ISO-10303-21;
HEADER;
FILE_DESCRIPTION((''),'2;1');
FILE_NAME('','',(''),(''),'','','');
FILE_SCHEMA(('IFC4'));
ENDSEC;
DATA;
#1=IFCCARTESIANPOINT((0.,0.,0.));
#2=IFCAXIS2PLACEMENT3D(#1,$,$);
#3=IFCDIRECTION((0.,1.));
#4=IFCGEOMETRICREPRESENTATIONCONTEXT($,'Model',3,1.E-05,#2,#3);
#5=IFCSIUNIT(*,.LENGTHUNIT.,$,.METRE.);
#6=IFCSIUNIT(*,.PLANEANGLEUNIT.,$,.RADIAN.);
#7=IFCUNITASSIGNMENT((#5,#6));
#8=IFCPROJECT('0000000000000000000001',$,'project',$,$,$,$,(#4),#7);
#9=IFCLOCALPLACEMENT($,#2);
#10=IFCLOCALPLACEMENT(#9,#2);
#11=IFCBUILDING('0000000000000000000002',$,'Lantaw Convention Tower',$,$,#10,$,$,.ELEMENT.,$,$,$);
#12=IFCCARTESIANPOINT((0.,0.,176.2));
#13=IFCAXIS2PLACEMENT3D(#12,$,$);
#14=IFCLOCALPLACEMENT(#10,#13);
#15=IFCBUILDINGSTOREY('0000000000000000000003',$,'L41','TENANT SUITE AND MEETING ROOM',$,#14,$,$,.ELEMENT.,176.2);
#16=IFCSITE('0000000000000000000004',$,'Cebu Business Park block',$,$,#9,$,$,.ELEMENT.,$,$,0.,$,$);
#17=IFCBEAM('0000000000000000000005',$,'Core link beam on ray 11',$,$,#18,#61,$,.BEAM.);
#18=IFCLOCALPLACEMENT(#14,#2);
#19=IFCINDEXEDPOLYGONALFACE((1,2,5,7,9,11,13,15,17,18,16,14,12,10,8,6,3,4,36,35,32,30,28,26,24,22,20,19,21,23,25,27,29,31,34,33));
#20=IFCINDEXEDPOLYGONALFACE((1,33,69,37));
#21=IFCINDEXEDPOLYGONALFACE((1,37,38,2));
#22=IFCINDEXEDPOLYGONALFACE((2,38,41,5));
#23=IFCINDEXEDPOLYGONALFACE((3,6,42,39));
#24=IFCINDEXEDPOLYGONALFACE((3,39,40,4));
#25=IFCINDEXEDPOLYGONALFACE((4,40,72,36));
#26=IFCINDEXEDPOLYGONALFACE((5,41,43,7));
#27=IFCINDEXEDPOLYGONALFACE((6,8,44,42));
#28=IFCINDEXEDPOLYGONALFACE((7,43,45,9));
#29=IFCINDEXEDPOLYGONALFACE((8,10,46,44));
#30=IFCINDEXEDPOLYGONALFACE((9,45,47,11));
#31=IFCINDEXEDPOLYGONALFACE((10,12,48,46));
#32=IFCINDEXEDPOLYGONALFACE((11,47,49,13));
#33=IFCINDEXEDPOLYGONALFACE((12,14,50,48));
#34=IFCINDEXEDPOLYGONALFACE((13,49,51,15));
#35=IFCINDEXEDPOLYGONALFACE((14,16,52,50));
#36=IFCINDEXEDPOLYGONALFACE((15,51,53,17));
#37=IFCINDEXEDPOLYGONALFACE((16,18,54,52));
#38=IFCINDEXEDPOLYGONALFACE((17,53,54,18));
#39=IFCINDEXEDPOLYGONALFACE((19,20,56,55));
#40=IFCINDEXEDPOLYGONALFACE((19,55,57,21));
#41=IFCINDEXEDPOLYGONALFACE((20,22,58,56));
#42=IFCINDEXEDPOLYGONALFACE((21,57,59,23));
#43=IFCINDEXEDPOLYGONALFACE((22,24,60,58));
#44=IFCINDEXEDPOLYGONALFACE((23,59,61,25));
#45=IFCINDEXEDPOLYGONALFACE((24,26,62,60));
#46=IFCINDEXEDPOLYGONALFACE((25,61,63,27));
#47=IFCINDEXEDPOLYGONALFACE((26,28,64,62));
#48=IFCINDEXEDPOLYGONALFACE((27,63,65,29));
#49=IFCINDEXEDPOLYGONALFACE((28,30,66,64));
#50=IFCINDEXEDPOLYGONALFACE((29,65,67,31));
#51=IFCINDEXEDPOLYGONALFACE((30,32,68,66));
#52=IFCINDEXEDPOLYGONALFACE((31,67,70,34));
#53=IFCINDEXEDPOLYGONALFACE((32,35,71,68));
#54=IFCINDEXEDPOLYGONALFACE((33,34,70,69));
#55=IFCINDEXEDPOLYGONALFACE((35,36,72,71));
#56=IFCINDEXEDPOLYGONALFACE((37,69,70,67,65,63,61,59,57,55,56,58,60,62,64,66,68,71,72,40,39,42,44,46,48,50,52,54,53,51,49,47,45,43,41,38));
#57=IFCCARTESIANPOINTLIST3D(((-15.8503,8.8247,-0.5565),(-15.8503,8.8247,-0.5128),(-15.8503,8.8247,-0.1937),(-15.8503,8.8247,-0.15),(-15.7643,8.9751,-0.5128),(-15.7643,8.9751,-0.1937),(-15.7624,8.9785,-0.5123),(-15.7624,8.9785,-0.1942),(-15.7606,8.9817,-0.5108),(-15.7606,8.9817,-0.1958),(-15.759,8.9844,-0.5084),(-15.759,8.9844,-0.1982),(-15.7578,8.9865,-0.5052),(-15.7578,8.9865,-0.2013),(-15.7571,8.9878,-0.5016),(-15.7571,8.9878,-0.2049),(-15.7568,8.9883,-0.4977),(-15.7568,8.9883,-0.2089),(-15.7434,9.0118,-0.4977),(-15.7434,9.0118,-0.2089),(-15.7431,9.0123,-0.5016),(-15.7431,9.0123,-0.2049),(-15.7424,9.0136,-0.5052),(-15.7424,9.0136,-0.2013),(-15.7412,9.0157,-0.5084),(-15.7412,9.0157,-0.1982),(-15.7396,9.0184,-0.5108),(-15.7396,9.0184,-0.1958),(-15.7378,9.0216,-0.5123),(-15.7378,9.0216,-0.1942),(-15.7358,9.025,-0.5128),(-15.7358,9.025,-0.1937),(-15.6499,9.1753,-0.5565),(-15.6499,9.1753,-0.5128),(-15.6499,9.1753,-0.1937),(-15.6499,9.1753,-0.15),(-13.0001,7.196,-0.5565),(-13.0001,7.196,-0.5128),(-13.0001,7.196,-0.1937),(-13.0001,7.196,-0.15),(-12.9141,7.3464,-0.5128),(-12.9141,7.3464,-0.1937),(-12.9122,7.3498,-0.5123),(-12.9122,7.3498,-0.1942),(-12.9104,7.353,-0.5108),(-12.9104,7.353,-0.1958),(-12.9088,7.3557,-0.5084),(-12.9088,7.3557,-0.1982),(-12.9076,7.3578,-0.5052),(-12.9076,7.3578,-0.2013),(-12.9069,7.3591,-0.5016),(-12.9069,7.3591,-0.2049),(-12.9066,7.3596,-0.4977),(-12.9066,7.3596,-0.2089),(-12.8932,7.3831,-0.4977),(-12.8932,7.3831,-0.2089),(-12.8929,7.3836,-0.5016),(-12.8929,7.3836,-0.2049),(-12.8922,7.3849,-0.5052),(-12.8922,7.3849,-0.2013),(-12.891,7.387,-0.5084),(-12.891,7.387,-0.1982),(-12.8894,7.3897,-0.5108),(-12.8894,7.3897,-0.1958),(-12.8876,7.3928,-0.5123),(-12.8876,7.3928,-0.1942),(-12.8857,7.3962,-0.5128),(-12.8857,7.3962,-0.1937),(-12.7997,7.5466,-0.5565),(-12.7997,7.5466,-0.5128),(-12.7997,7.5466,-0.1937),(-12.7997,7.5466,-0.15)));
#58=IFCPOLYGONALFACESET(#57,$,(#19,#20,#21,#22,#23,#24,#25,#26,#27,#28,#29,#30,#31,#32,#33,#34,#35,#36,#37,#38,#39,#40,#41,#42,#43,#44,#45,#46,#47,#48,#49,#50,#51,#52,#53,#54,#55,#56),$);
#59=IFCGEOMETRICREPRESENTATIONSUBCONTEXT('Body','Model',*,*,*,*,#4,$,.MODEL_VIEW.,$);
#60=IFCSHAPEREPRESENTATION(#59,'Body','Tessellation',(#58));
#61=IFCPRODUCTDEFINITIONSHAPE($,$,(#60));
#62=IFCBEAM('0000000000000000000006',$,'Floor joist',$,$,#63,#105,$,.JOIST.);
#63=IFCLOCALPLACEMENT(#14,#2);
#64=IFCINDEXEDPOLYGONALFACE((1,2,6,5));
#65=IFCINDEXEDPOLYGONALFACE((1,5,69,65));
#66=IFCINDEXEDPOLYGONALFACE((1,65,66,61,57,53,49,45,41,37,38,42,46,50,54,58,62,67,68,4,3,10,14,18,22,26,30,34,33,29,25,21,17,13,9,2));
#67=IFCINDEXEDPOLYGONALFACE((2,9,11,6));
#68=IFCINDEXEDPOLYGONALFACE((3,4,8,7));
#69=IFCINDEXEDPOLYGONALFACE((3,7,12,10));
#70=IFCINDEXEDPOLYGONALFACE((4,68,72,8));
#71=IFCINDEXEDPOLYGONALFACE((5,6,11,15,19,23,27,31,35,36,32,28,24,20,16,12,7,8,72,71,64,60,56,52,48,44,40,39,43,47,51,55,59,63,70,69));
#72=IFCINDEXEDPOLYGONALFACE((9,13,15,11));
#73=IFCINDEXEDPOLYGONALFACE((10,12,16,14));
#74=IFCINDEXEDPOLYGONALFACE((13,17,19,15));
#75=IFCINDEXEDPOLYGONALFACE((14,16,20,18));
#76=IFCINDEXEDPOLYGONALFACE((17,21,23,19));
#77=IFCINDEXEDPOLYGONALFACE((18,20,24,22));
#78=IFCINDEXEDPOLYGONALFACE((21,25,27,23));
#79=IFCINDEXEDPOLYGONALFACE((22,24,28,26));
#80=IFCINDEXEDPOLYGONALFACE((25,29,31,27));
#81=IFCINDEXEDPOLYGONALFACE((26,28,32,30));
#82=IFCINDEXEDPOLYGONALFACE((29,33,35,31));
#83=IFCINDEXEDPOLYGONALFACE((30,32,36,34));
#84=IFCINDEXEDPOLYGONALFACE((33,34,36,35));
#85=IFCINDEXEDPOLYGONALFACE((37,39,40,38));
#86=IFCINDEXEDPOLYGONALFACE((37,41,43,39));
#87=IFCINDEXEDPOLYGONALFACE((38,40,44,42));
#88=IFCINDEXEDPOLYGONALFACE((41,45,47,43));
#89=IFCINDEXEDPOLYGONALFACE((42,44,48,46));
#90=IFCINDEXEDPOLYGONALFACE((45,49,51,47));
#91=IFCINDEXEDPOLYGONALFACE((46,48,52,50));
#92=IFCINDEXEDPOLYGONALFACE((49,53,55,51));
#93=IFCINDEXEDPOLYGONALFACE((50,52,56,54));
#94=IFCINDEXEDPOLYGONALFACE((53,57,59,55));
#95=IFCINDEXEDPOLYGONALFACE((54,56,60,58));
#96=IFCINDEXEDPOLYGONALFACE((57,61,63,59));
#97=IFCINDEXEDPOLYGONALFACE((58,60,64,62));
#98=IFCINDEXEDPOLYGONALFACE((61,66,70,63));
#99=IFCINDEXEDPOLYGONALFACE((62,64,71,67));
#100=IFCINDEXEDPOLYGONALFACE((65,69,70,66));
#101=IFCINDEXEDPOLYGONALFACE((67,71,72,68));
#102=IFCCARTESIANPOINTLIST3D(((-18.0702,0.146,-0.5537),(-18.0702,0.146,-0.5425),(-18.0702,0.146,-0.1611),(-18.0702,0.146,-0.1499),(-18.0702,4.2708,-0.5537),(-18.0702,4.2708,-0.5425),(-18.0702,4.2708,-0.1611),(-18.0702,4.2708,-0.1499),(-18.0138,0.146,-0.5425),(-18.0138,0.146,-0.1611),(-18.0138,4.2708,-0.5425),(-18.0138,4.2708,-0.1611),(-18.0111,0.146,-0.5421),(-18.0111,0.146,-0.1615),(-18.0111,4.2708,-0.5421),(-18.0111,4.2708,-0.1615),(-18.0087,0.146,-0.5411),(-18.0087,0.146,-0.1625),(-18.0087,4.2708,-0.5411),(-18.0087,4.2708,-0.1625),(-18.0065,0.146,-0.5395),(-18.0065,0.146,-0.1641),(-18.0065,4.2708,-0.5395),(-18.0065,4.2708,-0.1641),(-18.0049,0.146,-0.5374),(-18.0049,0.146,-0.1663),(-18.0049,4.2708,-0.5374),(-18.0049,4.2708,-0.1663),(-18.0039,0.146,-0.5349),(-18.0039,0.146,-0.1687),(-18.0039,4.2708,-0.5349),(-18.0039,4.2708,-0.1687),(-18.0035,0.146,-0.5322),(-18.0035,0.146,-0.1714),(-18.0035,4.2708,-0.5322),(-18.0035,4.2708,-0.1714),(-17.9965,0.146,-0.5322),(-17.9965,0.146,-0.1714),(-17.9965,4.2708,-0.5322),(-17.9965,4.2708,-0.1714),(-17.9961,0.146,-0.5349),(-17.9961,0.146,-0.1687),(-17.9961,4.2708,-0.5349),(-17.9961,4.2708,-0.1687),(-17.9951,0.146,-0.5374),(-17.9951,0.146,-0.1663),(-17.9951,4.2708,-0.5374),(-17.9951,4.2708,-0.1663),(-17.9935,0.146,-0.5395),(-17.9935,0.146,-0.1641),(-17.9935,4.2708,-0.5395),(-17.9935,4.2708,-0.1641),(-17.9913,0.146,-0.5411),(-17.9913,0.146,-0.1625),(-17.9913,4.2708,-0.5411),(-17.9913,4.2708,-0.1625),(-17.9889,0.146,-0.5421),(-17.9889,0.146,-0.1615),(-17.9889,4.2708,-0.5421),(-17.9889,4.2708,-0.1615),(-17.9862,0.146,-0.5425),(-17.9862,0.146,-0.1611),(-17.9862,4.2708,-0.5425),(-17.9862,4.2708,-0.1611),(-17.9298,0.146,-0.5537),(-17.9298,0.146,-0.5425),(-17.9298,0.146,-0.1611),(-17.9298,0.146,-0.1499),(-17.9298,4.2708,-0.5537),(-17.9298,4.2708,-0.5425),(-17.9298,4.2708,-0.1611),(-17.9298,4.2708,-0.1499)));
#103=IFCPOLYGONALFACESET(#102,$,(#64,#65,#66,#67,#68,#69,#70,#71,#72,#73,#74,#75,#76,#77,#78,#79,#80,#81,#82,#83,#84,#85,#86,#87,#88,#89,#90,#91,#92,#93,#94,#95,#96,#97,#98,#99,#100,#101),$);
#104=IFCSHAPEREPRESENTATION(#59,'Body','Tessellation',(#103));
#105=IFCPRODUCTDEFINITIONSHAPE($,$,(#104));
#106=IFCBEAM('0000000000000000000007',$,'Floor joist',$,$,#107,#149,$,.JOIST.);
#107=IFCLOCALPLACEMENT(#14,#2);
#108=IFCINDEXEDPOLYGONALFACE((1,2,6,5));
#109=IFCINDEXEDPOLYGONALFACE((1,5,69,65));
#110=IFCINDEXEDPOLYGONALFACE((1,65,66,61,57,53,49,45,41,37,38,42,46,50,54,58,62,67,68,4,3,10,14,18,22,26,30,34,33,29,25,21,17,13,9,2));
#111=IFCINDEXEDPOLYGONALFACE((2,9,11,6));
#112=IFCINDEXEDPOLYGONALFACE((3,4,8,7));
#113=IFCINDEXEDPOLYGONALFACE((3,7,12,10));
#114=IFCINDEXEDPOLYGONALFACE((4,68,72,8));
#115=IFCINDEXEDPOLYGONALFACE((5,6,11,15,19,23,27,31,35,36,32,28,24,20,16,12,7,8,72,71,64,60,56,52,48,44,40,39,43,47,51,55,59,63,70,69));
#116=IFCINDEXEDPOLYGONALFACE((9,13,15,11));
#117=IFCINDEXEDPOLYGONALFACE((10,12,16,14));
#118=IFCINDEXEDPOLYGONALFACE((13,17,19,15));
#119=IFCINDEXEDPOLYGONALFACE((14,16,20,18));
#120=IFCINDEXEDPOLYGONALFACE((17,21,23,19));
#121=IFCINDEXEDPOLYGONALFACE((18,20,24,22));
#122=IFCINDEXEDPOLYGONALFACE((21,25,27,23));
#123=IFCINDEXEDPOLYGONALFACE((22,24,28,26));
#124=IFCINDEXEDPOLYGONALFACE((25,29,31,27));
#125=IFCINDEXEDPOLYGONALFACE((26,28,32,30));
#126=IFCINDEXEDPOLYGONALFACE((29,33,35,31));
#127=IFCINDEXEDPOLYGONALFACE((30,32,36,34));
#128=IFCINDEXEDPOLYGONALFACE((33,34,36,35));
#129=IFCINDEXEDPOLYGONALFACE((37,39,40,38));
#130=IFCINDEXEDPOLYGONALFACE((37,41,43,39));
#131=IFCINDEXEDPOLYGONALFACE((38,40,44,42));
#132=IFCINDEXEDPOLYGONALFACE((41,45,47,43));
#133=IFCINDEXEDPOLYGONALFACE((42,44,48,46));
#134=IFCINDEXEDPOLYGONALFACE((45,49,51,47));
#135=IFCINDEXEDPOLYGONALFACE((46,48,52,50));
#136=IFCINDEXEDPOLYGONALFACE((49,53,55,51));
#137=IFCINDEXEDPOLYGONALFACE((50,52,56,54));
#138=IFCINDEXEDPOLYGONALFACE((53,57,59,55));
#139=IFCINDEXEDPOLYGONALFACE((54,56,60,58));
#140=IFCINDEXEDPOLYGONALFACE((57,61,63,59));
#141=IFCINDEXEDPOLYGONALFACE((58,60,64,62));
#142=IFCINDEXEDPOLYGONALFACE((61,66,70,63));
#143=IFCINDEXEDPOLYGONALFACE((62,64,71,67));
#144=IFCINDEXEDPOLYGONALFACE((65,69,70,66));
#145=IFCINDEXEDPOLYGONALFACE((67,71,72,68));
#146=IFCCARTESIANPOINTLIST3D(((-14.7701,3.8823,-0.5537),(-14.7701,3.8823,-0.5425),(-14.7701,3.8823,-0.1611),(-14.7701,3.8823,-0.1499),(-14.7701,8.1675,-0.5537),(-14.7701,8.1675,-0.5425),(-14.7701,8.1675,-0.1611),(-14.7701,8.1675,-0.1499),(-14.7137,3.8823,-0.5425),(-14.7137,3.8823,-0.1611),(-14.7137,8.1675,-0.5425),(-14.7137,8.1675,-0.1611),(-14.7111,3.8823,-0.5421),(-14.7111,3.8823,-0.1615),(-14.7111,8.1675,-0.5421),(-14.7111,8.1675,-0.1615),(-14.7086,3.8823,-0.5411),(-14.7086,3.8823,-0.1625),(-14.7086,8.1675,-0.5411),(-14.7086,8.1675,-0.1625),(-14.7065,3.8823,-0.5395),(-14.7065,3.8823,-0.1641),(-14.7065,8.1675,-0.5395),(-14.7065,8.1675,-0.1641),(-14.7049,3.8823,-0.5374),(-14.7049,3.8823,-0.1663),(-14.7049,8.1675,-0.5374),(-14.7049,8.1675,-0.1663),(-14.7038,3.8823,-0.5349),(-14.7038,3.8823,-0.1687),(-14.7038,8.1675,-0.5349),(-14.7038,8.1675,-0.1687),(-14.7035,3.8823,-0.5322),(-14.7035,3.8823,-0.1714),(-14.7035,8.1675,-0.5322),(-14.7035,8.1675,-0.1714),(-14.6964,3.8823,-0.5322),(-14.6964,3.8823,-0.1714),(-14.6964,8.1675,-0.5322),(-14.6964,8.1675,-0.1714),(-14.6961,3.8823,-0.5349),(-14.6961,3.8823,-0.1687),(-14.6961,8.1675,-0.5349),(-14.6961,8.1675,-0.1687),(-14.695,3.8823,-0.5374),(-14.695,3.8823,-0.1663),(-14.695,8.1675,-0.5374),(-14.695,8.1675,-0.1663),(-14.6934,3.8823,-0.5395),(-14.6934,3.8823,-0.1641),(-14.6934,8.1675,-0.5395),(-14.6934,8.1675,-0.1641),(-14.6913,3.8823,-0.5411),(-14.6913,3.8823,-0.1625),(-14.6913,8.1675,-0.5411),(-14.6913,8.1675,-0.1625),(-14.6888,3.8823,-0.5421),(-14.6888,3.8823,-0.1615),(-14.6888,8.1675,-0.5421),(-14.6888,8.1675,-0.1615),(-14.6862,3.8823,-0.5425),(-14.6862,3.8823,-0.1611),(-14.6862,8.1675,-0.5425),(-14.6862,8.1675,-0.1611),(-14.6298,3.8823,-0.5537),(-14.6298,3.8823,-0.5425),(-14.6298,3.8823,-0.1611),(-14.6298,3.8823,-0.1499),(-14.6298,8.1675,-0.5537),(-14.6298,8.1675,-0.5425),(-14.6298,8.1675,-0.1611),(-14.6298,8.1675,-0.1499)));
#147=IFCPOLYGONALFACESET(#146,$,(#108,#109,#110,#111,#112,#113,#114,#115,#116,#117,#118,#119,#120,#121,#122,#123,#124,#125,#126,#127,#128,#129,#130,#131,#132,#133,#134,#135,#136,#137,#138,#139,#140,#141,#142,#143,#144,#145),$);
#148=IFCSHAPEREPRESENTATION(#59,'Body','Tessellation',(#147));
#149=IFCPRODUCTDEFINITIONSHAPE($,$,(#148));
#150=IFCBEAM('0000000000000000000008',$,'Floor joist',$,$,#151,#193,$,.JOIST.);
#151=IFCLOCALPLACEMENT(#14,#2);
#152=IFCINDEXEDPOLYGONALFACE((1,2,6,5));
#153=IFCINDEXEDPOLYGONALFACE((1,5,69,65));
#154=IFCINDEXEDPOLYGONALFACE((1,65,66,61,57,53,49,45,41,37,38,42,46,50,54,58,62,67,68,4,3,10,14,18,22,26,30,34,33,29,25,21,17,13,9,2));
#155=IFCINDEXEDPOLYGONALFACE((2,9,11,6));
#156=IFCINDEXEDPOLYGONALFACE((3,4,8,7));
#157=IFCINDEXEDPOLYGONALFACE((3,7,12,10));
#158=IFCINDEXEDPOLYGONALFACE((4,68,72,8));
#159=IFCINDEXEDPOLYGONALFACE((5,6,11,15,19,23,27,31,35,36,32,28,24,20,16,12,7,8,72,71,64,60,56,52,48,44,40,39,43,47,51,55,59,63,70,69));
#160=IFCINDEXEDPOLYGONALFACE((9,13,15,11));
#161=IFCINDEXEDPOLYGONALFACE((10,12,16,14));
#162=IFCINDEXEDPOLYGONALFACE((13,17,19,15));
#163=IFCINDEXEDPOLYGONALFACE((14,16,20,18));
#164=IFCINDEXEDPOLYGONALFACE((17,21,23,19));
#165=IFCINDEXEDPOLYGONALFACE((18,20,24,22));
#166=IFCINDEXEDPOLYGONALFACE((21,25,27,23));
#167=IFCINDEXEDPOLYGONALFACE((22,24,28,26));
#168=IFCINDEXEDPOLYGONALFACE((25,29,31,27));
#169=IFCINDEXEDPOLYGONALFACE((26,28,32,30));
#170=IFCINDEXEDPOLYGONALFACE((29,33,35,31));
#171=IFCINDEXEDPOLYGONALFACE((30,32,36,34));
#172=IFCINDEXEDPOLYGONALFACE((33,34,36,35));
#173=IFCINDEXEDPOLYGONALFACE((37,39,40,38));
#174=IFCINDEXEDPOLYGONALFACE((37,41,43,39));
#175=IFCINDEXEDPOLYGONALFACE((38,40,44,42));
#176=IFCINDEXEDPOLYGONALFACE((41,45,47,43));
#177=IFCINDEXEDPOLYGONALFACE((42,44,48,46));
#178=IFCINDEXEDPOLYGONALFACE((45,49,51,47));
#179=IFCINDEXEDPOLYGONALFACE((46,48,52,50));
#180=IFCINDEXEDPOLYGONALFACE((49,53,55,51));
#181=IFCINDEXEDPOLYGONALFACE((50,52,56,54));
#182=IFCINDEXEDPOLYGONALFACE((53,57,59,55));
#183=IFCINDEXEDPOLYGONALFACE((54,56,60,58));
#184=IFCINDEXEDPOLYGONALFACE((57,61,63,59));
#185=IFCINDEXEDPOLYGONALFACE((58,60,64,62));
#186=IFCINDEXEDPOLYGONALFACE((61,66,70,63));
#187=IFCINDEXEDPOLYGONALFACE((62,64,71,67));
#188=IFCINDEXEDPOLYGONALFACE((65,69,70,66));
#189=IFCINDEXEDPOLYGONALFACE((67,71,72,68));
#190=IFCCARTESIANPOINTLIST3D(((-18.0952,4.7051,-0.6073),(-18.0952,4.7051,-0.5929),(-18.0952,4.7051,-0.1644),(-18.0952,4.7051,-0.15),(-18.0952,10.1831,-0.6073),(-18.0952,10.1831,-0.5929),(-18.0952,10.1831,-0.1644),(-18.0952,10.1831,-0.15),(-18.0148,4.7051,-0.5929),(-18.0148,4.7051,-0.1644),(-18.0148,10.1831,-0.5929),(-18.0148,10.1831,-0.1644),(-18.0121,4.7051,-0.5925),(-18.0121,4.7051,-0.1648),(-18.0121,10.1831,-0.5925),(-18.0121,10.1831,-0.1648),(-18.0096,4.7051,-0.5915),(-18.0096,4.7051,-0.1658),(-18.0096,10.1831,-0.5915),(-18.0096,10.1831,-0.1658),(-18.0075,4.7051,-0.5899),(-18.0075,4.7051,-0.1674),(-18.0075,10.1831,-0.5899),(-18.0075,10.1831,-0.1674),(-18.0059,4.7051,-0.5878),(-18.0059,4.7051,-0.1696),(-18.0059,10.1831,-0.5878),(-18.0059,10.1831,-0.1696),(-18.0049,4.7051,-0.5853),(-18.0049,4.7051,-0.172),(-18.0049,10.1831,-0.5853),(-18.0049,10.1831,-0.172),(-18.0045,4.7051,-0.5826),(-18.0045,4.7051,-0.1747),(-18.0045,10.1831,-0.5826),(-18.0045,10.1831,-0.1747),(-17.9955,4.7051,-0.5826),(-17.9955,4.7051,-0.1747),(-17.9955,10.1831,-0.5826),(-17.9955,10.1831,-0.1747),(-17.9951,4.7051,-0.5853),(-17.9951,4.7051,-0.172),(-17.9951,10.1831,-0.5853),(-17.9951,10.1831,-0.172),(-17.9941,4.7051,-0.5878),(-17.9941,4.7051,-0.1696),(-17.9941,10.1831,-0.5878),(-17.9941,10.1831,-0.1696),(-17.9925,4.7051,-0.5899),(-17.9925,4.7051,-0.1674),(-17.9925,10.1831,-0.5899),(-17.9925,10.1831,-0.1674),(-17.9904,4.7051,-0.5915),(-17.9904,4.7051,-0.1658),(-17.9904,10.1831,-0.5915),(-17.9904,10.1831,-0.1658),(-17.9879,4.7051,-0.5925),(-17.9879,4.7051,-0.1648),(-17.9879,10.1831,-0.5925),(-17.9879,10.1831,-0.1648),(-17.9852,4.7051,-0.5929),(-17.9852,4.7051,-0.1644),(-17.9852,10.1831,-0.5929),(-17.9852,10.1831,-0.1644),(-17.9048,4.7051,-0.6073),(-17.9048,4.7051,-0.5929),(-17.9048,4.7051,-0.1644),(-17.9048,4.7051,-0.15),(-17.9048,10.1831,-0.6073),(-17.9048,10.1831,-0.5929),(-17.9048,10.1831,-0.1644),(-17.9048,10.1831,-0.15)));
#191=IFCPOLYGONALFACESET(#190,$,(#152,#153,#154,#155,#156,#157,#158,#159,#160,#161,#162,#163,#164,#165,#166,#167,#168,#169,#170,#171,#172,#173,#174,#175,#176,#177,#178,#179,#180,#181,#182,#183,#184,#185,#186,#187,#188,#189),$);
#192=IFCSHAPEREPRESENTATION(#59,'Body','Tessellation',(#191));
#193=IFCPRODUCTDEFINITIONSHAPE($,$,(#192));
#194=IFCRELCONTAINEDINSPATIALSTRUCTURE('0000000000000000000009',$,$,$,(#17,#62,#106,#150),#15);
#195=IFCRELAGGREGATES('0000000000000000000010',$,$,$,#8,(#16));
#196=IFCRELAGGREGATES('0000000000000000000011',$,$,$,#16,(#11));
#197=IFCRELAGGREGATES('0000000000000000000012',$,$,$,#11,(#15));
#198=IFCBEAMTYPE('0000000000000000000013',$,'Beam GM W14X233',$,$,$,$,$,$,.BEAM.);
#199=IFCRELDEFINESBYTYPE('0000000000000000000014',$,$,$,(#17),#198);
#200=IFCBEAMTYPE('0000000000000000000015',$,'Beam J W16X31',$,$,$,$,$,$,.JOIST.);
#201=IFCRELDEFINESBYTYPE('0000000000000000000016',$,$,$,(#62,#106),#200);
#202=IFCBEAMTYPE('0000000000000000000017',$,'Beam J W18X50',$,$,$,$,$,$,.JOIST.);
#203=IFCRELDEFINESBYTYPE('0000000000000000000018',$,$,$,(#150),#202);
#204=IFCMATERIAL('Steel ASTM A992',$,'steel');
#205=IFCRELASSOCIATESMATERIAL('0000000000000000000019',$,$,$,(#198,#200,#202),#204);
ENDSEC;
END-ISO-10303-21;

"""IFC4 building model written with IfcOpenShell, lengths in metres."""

from ifc_helpers import new_model, si_unit, direction, frame, origin, origin_2d, place, context, subcontext, project, spatial, i_section, extrude, material, material_profile, profile_set, type_object, element, save


model = new_model("IFC4")

# Units and contexts
model_context = context("Model", 3, precision=1e-05, world=origin(), true_north=direction((0.0, 1.0)))
body_context = subcontext(model_context, "Body", "Model", "MODEL_VIEW")
ifc_project = project(units=[si_unit("LENGTHUNIT", "METRE"), si_unit("PLANEANGLEUNIT", "RADIAN")], contexts=[model_context])

# Site, building, storey
site_placement = place(None, origin())
site = spatial("IfcSite", under=ifc_project, at=site_placement, Name="Cebu Business Park block", CompositionType="ELEMENT", RefElevation=0.0)
building_placement = place(site_placement, origin())
building = spatial("IfcBuilding", under=site, at=building_placement, Name="Lantaw Convention Tower", CompositionType="ELEMENT")
storey_placement = place(building_placement, frame((0.0, 0.0, 176.2)))
storey = spatial("IfcBuildingStorey", under=building, at=storey_placement, Name="L41", Description="TENANT SUITE AND MEETING ROOM", CompositionType="ELEMENT", Elevation=176.2)

# Beams
ifc_material_1 = material(Name="Steel ASTM A992", Category="steel")
ifc_material_profile_1 = material_profile(ifc_material_1, i_section(OverallWidth=0.4038, OverallDepth=0.4065, WebThickness=0.0271, FlangeThickness=0.0437, FilletRadius=0.0151, at=origin_2d()), Name="W14X233")
ifc_profile_set_1 = profile_set([ifc_material_profile_1], Name="Steel ASTM A992")
beam_type_1 = type_object("IfcBeamType", Name="Beam GM W14X233", PredefinedType="BEAM", material=ifc_profile_set_1)
beam_1_placement = place(storey_placement, frame((-12.8999, 7.3713, -0.3533), z_axis=(-0.868239, 0.496147, 0.0), x_axis=(-0.496147, -0.868239, 0.0)))
element("IfcBeam", 1, at=beam_1_placement, inside=storey, type_object=beam_type_1, Name="Core link beam on ray 11", PredefinedType="BEAM", context=body_context, shape_type="SweptSolid", body=[
    extrude(i_section(OverallWidth=0.4038, OverallDepth=0.4065, WebThickness=0.0271, FlangeThickness=0.0437, FilletRadius=0.0151, at=origin_2d()), origin(), (0.0, 0.0, 1.0), 3.2827),
])
ifc_material_profile_2 = material_profile(ifc_material_1, i_section(OverallWidth=0.1404, OverallDepth=0.4038, WebThickness=0.0071, FlangeThickness=0.0112, FilletRadius=0.0103, at=origin_2d()), Name="W16X31")
ifc_profile_set_2 = profile_set([ifc_material_profile_2], Name="Steel ASTM A992")
beam_type_2 = type_object("IfcBeamType", Name="Beam J W16X31", PredefinedType="JOIST", material=ifc_profile_set_2)
beam_2_placement = place(storey_placement, frame((-18.0, 0.146, -0.3518), z_axis=(0.0, 1.0, 0.0), x_axis=(-1.0, 0.0, 0.0)))
element("IfcBeam", 2, at=beam_2_placement, inside=storey, type_object=beam_type_2, Name="Floor joist", PredefinedType="JOIST", context=body_context, shape_type="SweptSolid", body=[
    extrude(i_section(OverallWidth=0.1404, OverallDepth=0.4038, WebThickness=0.0071, FlangeThickness=0.0112, FilletRadius=0.0103, at=origin_2d()), origin(), (0.0, 0.0, 1.0), 4.1248),
])
beam_3_placement = place(storey_placement, frame((-14.7, 3.8823, -0.3518), z_axis=(0.0, 1.0, 0.0), x_axis=(-1.0, 0.0, 0.0)))
element("IfcBeam", 3, at=beam_3_placement, inside=storey, type_object=beam_type_2, Name="Floor joist", PredefinedType="JOIST", context=body_context, shape_type="SweptSolid", body=[
    extrude(i_section(OverallWidth=0.1404, OverallDepth=0.4038, WebThickness=0.0071, FlangeThickness=0.0112, FilletRadius=0.0103, at=origin_2d()), origin(), (0.0, 0.0, 1.0), 4.2852),
])
ifc_material_profile_3 = material_profile(ifc_material_1, i_section(OverallWidth=0.1904, OverallDepth=0.4573, WebThickness=0.009, FlangeThickness=0.0144, FilletRadius=0.0103, at=origin_2d()), Name="W18X50")
ifc_profile_set_3 = profile_set([ifc_material_profile_3], Name="Steel ASTM A992")
beam_type_3 = type_object("IfcBeamType", Name="Beam J W18X50", PredefinedType="JOIST", material=ifc_profile_set_3)
beam_4_placement = place(storey_placement, frame((-18.0, 4.7051, -0.3787), z_axis=(0.0, 1.0, 0.0), x_axis=(-1.0, 0.0, 0.0)))
element("IfcBeam", 4, at=beam_4_placement, inside=storey, type_object=beam_type_3, Name="Floor joist", PredefinedType="JOIST", context=body_context, shape_type="SweptSolid", body=[
    extrude(i_section(OverallWidth=0.1904, OverallDepth=0.4573, WebThickness=0.009, FlangeThickness=0.0144, FilletRadius=0.0103, at=origin_2d()), origin(), (0.0, 0.0, 1.0), 5.478),
])

save(model, "model.ifc")
